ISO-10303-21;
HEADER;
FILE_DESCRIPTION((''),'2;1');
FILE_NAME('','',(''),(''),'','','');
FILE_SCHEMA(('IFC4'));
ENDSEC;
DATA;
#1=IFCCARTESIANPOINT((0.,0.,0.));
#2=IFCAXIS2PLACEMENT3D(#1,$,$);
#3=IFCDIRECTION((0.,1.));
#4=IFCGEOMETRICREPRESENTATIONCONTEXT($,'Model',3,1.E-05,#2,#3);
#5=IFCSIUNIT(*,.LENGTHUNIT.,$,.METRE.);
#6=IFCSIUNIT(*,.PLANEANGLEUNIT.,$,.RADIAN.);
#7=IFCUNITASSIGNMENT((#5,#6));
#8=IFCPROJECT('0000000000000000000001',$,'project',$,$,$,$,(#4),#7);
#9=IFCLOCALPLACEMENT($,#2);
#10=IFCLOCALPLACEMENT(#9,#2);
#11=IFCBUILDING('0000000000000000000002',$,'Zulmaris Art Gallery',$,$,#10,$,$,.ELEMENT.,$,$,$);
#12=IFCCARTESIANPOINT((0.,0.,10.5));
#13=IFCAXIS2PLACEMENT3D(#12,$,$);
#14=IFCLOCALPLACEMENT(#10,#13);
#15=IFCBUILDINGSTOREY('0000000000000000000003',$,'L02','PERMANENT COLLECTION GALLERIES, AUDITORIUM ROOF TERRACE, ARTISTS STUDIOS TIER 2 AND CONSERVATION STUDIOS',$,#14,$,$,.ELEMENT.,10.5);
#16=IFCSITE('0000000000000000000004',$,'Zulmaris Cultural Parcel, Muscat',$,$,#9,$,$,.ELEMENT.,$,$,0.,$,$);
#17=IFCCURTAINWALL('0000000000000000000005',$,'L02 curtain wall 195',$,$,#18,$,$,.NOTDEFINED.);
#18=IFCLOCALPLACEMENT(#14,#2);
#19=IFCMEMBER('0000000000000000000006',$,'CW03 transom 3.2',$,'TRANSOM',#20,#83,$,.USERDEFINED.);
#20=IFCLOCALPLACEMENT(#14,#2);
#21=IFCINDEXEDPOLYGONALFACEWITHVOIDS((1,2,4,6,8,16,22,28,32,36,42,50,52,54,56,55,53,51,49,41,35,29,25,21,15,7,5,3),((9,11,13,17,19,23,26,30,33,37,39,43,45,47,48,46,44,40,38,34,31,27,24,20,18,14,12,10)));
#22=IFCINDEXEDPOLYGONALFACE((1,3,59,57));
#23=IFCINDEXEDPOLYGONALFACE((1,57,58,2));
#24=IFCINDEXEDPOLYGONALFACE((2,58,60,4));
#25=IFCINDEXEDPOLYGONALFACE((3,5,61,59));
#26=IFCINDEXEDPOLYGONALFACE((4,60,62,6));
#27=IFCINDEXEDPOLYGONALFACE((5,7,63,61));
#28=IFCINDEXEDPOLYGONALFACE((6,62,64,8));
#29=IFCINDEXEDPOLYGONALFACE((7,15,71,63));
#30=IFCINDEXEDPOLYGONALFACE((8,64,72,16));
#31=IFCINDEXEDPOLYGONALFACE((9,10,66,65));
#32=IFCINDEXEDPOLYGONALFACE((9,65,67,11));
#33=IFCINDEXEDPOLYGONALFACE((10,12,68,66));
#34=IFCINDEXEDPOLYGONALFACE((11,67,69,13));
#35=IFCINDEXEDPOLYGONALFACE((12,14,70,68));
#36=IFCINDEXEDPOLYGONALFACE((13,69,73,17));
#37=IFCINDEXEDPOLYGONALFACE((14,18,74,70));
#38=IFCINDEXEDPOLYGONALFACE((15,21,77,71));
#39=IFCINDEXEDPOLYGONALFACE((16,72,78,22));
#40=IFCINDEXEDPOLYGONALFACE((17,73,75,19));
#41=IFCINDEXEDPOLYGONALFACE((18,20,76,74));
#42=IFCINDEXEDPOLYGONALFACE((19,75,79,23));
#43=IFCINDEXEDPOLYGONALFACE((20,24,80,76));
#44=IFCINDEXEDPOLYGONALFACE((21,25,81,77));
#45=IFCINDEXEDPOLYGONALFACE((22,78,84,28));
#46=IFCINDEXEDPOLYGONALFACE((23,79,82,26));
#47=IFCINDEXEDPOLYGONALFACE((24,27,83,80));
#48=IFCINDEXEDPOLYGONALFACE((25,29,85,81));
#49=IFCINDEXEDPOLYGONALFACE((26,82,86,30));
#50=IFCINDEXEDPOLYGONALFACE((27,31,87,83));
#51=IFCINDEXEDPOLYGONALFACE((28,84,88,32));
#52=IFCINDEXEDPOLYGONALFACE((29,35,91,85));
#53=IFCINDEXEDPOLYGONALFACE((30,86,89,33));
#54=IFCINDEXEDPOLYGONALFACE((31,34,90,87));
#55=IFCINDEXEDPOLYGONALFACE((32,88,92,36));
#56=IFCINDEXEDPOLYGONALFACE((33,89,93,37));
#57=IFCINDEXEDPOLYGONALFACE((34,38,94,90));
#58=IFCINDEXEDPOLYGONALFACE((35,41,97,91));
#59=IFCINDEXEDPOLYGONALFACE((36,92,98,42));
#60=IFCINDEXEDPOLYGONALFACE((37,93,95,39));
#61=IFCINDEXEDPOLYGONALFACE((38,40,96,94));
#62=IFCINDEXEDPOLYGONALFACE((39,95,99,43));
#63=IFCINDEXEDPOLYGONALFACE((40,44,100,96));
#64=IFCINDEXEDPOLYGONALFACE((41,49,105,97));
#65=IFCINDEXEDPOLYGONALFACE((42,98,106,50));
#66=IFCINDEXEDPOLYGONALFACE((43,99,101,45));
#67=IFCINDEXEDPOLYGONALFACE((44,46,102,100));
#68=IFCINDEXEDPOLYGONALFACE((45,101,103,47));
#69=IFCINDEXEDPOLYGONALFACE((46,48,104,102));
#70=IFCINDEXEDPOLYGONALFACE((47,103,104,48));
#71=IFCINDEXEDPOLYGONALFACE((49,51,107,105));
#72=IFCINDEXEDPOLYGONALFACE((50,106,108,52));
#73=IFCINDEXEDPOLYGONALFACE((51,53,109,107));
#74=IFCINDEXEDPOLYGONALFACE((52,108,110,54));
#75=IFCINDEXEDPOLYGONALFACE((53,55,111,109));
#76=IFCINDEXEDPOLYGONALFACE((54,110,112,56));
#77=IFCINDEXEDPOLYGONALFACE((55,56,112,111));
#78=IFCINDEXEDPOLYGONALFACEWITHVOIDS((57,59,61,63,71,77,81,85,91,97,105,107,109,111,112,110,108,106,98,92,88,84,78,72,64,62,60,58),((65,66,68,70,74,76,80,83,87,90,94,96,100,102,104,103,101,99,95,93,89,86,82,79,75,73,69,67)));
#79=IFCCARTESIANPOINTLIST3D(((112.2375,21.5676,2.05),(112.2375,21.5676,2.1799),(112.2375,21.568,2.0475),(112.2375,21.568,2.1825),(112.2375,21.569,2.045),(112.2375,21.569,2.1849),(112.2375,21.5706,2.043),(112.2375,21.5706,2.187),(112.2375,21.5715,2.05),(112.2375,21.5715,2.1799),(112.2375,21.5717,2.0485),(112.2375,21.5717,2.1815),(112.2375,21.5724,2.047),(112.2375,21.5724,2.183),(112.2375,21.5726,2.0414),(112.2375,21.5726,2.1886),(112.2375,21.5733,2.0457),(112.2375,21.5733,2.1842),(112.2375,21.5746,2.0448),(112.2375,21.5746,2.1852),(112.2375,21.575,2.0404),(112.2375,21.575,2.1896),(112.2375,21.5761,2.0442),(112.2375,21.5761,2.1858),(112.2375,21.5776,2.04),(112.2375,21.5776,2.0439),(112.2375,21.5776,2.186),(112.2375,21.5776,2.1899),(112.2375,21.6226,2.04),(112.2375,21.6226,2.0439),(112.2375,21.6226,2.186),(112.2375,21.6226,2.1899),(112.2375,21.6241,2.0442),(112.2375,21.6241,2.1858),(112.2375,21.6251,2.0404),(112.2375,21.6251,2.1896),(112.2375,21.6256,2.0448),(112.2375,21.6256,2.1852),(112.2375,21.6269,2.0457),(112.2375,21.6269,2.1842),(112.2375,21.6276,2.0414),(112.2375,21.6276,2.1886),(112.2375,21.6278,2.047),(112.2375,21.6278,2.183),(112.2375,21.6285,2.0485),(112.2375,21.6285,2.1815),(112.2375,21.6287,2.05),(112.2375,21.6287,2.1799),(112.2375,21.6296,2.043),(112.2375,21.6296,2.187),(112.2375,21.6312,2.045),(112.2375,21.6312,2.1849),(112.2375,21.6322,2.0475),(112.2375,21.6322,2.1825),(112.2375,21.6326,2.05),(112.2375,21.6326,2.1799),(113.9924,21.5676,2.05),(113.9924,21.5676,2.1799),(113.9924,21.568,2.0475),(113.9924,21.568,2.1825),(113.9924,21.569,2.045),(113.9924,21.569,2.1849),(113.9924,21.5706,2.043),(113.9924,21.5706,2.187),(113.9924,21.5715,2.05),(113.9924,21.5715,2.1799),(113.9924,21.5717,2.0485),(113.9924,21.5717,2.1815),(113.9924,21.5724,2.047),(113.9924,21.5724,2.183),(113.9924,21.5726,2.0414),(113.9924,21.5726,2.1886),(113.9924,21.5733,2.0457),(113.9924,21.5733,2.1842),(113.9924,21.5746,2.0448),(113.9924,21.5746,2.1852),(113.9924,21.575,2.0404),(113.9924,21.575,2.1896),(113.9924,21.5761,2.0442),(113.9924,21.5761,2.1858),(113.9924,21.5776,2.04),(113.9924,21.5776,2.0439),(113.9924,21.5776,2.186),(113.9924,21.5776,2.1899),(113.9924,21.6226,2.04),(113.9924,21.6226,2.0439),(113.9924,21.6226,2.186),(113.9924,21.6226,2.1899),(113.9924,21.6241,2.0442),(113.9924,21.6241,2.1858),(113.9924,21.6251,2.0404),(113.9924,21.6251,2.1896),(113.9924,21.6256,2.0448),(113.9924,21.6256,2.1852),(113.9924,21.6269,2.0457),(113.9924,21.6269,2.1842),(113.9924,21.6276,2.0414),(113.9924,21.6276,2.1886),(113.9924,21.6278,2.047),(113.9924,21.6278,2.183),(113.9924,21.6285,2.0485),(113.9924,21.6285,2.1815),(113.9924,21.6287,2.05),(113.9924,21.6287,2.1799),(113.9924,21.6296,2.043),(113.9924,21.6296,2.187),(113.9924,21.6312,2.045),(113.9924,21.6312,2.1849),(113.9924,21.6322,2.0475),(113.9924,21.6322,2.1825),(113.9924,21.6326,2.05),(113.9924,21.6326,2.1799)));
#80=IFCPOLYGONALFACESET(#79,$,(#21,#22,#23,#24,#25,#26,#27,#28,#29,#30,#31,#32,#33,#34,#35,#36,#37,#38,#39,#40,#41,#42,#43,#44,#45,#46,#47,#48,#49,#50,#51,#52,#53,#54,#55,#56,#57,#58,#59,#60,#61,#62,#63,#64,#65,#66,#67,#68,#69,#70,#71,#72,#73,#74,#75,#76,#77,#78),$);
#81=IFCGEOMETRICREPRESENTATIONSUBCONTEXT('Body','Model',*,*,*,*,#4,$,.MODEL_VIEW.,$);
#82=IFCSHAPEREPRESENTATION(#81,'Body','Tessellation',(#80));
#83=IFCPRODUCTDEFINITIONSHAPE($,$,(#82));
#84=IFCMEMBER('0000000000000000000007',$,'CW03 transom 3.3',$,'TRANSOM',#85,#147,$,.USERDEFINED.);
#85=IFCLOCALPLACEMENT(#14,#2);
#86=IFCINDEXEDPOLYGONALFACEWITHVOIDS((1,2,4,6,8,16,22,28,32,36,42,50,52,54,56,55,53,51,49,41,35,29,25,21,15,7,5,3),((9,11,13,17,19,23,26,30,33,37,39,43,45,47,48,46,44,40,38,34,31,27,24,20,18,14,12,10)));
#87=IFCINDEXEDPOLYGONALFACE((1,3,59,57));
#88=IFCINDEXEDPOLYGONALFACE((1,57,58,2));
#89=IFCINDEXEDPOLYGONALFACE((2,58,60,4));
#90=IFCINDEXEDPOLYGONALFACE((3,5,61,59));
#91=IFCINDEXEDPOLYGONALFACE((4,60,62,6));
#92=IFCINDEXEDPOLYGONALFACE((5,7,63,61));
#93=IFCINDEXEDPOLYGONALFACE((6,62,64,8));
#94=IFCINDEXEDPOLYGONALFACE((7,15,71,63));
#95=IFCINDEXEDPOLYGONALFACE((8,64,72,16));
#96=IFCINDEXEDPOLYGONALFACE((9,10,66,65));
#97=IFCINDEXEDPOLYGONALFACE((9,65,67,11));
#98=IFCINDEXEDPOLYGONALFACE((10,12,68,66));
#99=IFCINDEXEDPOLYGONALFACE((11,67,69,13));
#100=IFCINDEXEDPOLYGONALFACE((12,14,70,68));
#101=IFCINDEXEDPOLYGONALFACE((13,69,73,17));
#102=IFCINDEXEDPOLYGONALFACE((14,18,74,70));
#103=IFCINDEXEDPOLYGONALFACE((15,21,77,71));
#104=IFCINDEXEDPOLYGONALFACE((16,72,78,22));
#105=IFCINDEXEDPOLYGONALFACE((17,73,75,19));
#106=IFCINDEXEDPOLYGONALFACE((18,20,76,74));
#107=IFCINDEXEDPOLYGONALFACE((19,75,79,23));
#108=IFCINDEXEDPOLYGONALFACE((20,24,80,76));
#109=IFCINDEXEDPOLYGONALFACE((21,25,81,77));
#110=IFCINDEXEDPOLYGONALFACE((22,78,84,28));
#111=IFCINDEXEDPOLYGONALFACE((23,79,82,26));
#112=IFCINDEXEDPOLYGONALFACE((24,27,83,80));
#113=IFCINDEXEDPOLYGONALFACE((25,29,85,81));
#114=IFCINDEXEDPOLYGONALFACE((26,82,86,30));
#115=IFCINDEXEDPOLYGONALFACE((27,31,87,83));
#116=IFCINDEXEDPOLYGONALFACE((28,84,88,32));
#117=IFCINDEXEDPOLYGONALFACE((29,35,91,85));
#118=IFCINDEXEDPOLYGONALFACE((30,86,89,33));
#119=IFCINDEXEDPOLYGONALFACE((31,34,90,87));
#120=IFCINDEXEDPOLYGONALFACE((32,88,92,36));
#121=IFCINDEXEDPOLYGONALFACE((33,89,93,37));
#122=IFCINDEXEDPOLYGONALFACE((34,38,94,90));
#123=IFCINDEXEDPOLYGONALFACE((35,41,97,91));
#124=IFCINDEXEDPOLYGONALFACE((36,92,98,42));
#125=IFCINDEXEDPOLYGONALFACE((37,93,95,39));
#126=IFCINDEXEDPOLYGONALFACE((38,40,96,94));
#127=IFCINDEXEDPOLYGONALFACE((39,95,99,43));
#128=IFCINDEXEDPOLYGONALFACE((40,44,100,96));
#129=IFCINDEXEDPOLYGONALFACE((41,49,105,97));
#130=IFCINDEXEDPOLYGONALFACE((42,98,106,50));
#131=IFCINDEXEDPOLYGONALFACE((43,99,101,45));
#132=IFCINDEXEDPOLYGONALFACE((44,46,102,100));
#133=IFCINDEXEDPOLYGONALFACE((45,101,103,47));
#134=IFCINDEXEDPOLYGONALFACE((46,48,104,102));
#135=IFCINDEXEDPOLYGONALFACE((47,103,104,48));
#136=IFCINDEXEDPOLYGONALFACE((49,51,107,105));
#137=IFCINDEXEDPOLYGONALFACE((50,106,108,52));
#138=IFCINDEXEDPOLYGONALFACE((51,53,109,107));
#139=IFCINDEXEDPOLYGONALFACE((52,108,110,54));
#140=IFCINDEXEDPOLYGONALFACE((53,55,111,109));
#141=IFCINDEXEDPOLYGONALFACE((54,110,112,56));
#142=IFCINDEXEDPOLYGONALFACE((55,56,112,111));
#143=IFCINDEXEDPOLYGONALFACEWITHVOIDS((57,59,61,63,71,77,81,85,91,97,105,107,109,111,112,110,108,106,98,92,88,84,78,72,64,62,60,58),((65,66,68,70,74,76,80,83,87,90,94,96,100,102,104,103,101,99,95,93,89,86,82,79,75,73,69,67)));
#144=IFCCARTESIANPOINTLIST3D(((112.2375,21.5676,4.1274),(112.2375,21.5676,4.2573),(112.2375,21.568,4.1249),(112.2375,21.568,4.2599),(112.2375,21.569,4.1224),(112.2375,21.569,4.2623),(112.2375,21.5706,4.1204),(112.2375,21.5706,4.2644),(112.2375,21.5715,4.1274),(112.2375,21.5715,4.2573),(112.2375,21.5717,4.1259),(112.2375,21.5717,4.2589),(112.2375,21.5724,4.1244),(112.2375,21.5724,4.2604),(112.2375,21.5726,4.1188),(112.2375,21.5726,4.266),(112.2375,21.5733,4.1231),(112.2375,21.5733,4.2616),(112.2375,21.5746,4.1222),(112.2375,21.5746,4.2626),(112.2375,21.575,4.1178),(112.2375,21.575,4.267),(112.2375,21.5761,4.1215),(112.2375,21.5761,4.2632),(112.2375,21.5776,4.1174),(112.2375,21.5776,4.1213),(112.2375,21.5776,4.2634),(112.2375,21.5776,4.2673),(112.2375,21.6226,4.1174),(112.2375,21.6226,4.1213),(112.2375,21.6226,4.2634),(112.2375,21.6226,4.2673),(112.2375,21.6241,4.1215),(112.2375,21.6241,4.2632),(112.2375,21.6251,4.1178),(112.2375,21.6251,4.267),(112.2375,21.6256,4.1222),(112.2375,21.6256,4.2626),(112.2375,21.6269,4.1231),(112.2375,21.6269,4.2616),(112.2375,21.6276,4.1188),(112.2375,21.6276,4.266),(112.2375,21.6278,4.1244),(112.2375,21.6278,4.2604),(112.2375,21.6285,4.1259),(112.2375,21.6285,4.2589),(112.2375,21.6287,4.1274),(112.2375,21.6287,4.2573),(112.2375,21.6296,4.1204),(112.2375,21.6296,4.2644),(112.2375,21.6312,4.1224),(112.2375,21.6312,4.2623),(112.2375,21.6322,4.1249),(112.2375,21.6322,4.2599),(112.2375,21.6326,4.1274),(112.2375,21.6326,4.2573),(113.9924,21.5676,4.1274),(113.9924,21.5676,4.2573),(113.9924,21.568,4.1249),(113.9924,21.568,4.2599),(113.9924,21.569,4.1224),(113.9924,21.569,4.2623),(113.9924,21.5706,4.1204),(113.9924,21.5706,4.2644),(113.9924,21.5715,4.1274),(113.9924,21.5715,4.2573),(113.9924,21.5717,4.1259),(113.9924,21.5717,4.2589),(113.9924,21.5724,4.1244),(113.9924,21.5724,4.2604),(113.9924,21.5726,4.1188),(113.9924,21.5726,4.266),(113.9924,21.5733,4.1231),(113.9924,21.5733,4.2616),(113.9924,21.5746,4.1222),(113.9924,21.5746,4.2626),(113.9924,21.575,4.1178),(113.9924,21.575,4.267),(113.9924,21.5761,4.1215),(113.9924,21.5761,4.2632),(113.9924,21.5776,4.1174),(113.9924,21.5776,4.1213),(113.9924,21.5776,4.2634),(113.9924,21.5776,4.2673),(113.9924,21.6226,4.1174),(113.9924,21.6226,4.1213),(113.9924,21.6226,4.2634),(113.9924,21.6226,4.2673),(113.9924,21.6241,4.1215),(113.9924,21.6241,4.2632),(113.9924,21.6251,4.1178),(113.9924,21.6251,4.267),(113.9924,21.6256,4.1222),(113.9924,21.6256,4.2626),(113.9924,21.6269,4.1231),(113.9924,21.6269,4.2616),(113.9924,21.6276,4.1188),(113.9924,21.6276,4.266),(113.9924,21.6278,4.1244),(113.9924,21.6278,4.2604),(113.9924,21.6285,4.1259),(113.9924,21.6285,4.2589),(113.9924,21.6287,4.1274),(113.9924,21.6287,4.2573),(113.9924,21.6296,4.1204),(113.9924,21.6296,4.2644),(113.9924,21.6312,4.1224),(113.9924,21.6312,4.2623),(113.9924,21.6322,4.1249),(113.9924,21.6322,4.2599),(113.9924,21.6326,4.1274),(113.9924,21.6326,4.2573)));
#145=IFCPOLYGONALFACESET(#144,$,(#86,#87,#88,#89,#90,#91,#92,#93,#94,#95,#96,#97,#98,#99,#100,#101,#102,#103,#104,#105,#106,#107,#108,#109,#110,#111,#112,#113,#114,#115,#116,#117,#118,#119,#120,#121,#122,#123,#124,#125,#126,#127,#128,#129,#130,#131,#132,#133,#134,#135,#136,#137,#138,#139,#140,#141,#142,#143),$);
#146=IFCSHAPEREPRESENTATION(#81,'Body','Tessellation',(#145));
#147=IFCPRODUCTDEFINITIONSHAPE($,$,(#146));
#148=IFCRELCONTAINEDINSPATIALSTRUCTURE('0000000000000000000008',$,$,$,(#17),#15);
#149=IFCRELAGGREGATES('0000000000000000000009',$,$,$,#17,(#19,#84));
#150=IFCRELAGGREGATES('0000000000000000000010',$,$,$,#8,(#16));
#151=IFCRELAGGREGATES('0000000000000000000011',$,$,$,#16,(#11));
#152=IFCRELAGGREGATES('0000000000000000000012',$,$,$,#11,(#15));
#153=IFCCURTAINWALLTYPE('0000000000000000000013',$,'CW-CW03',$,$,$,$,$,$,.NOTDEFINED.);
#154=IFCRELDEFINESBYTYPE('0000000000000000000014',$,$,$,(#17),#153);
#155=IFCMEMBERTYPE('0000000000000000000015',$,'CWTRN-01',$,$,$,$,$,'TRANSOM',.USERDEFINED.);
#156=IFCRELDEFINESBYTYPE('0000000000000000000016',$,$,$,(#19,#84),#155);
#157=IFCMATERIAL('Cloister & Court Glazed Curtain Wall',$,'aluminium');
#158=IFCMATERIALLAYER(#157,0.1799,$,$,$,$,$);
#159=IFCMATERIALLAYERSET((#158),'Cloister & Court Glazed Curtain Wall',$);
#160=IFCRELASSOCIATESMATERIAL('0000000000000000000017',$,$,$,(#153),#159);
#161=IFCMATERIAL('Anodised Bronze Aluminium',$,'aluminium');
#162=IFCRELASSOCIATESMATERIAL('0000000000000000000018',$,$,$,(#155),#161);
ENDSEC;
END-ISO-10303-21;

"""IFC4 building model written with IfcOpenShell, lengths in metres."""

from ifc_helpers import new_model, si_unit, direction, frame, origin, origin_2d, place, context, subcontext, project, spatial, hollow_rectangle, extrude, material, layer, layer_set, material_profile, profile_set, type_object, element, aggregate, save


model = new_model("IFC4")

# Units and contexts
model_context = context("Model", 3, precision=1e-05, world=origin(), true_north=direction((0.0, 1.0)))
body_context = subcontext(model_context, "Body", "Model", "MODEL_VIEW")
ifc_project = project(units=[si_unit("LENGTHUNIT", "METRE"), si_unit("PLANEANGLEUNIT", "RADIAN")], contexts=[model_context])

# Site, building, storey
site_placement = place(None, origin())
site = spatial("IfcSite", under=ifc_project, at=site_placement, Name="Zulmaris Cultural Parcel, Muscat", CompositionType="ELEMENT", RefElevation=0.0)
building_placement = place(site_placement, origin())
building = spatial("IfcBuilding", under=site, at=building_placement, Name="Zulmaris Art Gallery", CompositionType="ELEMENT")
storey_placement = place(building_placement, frame((0.0, 0.0, 10.5)))
storey = spatial("IfcBuildingStorey", under=building, at=storey_placement, Name="L02", Description="PERMANENT COLLECTION GALLERIES, AUDITORIUM ROOF TERRACE, ARTISTS STUDIOS TIER 2 AND CONSERVATION STUDIOS", CompositionType="ELEMENT", Elevation=10.5)

# Curtain wall
ifc_material_1 = material(Name="Cloister & Court Glazed Curtain Wall", Category="aluminium")
ifc_layer_1 = layer(ifc_material_1, 0.1799)
ifc_layer_set_1 = layer_set([ifc_layer_1], Name="Cloister & Court Glazed Curtain Wall")
curtain_wall_type = type_object("IfcCurtainWallType", Name="CW-CW03", PredefinedType="NOTDEFINED", material=ifc_layer_set_1)
ifc_material_2 = material(Name="Anodised Bronze Aluminium", Category="aluminium")
curtain_wall_1_placement = place(storey_placement, origin())
curtain_wall_1 = element("IfcCurtainWall", 1, at=curtain_wall_1_placement, inside=storey, type_object=curtain_wall_type, Name="L02 curtain wall 195", PredefinedType="NOTDEFINED")

# Members
ifc_material_profile_1 = material_profile(ifc_material_2, hollow_rectangle(XDim=0.0649, YDim=0.1499, WallThickness=0.0039, InnerFilletRadius=0.0061, OuterFilletRadius=0.01, at=origin_2d()), Name="ALU 65x150x4")
ifc_profile_set_1 = profile_set([ifc_material_profile_1], Name="Anodised Bronze Aluminium")
member_type_1 = type_object("IfcMemberType", Name="CWTRN-01", ElementType="TRANSOM", PredefinedType="USERDEFINED", material=ifc_profile_set_1)
member_1_placement = place(storey_placement, frame((112.2375, 21.6001, 2.115), z_axis=(1.0, 0.0, 0.0), x_axis=(0.0, 1.0, 0.0)))
member_1 = element("IfcMember", 2, at=member_1_placement, type_object=member_type_1, Name="CW03 transom 3.2", ObjectType="TRANSOM", PredefinedType="USERDEFINED", context=body_context, shape_type="SweptSolid", body=[
    extrude(hollow_rectangle(XDim=0.0649, YDim=0.1499, WallThickness=0.0039, InnerFilletRadius=0.0061, OuterFilletRadius=0.01, at=origin_2d()), origin(), (0.0, 0.0, 1.0), 1.7549),
])
member_2_placement = place(storey_placement, frame((112.2375, 21.6001, 4.1924), z_axis=(1.0, 0.0, 0.0), x_axis=(0.0, 1.0, 0.0)))
member_2 = element("IfcMember", 3, at=member_2_placement, type_object=member_type_1, Name="CW03 transom 3.3", ObjectType="TRANSOM", PredefinedType="USERDEFINED", context=body_context, shape_type="SweptSolid", body=[
    extrude(hollow_rectangle(XDim=0.0649, YDim=0.1499, WallThickness=0.0039, InnerFilletRadius=0.0061, OuterFilletRadius=0.01, at=origin_2d()), origin(), (0.0, 0.0, 1.0), 1.7549),
])

aggregate(curtain_wall_1, [member_1, member_2])

save(model, "model.ifc")
